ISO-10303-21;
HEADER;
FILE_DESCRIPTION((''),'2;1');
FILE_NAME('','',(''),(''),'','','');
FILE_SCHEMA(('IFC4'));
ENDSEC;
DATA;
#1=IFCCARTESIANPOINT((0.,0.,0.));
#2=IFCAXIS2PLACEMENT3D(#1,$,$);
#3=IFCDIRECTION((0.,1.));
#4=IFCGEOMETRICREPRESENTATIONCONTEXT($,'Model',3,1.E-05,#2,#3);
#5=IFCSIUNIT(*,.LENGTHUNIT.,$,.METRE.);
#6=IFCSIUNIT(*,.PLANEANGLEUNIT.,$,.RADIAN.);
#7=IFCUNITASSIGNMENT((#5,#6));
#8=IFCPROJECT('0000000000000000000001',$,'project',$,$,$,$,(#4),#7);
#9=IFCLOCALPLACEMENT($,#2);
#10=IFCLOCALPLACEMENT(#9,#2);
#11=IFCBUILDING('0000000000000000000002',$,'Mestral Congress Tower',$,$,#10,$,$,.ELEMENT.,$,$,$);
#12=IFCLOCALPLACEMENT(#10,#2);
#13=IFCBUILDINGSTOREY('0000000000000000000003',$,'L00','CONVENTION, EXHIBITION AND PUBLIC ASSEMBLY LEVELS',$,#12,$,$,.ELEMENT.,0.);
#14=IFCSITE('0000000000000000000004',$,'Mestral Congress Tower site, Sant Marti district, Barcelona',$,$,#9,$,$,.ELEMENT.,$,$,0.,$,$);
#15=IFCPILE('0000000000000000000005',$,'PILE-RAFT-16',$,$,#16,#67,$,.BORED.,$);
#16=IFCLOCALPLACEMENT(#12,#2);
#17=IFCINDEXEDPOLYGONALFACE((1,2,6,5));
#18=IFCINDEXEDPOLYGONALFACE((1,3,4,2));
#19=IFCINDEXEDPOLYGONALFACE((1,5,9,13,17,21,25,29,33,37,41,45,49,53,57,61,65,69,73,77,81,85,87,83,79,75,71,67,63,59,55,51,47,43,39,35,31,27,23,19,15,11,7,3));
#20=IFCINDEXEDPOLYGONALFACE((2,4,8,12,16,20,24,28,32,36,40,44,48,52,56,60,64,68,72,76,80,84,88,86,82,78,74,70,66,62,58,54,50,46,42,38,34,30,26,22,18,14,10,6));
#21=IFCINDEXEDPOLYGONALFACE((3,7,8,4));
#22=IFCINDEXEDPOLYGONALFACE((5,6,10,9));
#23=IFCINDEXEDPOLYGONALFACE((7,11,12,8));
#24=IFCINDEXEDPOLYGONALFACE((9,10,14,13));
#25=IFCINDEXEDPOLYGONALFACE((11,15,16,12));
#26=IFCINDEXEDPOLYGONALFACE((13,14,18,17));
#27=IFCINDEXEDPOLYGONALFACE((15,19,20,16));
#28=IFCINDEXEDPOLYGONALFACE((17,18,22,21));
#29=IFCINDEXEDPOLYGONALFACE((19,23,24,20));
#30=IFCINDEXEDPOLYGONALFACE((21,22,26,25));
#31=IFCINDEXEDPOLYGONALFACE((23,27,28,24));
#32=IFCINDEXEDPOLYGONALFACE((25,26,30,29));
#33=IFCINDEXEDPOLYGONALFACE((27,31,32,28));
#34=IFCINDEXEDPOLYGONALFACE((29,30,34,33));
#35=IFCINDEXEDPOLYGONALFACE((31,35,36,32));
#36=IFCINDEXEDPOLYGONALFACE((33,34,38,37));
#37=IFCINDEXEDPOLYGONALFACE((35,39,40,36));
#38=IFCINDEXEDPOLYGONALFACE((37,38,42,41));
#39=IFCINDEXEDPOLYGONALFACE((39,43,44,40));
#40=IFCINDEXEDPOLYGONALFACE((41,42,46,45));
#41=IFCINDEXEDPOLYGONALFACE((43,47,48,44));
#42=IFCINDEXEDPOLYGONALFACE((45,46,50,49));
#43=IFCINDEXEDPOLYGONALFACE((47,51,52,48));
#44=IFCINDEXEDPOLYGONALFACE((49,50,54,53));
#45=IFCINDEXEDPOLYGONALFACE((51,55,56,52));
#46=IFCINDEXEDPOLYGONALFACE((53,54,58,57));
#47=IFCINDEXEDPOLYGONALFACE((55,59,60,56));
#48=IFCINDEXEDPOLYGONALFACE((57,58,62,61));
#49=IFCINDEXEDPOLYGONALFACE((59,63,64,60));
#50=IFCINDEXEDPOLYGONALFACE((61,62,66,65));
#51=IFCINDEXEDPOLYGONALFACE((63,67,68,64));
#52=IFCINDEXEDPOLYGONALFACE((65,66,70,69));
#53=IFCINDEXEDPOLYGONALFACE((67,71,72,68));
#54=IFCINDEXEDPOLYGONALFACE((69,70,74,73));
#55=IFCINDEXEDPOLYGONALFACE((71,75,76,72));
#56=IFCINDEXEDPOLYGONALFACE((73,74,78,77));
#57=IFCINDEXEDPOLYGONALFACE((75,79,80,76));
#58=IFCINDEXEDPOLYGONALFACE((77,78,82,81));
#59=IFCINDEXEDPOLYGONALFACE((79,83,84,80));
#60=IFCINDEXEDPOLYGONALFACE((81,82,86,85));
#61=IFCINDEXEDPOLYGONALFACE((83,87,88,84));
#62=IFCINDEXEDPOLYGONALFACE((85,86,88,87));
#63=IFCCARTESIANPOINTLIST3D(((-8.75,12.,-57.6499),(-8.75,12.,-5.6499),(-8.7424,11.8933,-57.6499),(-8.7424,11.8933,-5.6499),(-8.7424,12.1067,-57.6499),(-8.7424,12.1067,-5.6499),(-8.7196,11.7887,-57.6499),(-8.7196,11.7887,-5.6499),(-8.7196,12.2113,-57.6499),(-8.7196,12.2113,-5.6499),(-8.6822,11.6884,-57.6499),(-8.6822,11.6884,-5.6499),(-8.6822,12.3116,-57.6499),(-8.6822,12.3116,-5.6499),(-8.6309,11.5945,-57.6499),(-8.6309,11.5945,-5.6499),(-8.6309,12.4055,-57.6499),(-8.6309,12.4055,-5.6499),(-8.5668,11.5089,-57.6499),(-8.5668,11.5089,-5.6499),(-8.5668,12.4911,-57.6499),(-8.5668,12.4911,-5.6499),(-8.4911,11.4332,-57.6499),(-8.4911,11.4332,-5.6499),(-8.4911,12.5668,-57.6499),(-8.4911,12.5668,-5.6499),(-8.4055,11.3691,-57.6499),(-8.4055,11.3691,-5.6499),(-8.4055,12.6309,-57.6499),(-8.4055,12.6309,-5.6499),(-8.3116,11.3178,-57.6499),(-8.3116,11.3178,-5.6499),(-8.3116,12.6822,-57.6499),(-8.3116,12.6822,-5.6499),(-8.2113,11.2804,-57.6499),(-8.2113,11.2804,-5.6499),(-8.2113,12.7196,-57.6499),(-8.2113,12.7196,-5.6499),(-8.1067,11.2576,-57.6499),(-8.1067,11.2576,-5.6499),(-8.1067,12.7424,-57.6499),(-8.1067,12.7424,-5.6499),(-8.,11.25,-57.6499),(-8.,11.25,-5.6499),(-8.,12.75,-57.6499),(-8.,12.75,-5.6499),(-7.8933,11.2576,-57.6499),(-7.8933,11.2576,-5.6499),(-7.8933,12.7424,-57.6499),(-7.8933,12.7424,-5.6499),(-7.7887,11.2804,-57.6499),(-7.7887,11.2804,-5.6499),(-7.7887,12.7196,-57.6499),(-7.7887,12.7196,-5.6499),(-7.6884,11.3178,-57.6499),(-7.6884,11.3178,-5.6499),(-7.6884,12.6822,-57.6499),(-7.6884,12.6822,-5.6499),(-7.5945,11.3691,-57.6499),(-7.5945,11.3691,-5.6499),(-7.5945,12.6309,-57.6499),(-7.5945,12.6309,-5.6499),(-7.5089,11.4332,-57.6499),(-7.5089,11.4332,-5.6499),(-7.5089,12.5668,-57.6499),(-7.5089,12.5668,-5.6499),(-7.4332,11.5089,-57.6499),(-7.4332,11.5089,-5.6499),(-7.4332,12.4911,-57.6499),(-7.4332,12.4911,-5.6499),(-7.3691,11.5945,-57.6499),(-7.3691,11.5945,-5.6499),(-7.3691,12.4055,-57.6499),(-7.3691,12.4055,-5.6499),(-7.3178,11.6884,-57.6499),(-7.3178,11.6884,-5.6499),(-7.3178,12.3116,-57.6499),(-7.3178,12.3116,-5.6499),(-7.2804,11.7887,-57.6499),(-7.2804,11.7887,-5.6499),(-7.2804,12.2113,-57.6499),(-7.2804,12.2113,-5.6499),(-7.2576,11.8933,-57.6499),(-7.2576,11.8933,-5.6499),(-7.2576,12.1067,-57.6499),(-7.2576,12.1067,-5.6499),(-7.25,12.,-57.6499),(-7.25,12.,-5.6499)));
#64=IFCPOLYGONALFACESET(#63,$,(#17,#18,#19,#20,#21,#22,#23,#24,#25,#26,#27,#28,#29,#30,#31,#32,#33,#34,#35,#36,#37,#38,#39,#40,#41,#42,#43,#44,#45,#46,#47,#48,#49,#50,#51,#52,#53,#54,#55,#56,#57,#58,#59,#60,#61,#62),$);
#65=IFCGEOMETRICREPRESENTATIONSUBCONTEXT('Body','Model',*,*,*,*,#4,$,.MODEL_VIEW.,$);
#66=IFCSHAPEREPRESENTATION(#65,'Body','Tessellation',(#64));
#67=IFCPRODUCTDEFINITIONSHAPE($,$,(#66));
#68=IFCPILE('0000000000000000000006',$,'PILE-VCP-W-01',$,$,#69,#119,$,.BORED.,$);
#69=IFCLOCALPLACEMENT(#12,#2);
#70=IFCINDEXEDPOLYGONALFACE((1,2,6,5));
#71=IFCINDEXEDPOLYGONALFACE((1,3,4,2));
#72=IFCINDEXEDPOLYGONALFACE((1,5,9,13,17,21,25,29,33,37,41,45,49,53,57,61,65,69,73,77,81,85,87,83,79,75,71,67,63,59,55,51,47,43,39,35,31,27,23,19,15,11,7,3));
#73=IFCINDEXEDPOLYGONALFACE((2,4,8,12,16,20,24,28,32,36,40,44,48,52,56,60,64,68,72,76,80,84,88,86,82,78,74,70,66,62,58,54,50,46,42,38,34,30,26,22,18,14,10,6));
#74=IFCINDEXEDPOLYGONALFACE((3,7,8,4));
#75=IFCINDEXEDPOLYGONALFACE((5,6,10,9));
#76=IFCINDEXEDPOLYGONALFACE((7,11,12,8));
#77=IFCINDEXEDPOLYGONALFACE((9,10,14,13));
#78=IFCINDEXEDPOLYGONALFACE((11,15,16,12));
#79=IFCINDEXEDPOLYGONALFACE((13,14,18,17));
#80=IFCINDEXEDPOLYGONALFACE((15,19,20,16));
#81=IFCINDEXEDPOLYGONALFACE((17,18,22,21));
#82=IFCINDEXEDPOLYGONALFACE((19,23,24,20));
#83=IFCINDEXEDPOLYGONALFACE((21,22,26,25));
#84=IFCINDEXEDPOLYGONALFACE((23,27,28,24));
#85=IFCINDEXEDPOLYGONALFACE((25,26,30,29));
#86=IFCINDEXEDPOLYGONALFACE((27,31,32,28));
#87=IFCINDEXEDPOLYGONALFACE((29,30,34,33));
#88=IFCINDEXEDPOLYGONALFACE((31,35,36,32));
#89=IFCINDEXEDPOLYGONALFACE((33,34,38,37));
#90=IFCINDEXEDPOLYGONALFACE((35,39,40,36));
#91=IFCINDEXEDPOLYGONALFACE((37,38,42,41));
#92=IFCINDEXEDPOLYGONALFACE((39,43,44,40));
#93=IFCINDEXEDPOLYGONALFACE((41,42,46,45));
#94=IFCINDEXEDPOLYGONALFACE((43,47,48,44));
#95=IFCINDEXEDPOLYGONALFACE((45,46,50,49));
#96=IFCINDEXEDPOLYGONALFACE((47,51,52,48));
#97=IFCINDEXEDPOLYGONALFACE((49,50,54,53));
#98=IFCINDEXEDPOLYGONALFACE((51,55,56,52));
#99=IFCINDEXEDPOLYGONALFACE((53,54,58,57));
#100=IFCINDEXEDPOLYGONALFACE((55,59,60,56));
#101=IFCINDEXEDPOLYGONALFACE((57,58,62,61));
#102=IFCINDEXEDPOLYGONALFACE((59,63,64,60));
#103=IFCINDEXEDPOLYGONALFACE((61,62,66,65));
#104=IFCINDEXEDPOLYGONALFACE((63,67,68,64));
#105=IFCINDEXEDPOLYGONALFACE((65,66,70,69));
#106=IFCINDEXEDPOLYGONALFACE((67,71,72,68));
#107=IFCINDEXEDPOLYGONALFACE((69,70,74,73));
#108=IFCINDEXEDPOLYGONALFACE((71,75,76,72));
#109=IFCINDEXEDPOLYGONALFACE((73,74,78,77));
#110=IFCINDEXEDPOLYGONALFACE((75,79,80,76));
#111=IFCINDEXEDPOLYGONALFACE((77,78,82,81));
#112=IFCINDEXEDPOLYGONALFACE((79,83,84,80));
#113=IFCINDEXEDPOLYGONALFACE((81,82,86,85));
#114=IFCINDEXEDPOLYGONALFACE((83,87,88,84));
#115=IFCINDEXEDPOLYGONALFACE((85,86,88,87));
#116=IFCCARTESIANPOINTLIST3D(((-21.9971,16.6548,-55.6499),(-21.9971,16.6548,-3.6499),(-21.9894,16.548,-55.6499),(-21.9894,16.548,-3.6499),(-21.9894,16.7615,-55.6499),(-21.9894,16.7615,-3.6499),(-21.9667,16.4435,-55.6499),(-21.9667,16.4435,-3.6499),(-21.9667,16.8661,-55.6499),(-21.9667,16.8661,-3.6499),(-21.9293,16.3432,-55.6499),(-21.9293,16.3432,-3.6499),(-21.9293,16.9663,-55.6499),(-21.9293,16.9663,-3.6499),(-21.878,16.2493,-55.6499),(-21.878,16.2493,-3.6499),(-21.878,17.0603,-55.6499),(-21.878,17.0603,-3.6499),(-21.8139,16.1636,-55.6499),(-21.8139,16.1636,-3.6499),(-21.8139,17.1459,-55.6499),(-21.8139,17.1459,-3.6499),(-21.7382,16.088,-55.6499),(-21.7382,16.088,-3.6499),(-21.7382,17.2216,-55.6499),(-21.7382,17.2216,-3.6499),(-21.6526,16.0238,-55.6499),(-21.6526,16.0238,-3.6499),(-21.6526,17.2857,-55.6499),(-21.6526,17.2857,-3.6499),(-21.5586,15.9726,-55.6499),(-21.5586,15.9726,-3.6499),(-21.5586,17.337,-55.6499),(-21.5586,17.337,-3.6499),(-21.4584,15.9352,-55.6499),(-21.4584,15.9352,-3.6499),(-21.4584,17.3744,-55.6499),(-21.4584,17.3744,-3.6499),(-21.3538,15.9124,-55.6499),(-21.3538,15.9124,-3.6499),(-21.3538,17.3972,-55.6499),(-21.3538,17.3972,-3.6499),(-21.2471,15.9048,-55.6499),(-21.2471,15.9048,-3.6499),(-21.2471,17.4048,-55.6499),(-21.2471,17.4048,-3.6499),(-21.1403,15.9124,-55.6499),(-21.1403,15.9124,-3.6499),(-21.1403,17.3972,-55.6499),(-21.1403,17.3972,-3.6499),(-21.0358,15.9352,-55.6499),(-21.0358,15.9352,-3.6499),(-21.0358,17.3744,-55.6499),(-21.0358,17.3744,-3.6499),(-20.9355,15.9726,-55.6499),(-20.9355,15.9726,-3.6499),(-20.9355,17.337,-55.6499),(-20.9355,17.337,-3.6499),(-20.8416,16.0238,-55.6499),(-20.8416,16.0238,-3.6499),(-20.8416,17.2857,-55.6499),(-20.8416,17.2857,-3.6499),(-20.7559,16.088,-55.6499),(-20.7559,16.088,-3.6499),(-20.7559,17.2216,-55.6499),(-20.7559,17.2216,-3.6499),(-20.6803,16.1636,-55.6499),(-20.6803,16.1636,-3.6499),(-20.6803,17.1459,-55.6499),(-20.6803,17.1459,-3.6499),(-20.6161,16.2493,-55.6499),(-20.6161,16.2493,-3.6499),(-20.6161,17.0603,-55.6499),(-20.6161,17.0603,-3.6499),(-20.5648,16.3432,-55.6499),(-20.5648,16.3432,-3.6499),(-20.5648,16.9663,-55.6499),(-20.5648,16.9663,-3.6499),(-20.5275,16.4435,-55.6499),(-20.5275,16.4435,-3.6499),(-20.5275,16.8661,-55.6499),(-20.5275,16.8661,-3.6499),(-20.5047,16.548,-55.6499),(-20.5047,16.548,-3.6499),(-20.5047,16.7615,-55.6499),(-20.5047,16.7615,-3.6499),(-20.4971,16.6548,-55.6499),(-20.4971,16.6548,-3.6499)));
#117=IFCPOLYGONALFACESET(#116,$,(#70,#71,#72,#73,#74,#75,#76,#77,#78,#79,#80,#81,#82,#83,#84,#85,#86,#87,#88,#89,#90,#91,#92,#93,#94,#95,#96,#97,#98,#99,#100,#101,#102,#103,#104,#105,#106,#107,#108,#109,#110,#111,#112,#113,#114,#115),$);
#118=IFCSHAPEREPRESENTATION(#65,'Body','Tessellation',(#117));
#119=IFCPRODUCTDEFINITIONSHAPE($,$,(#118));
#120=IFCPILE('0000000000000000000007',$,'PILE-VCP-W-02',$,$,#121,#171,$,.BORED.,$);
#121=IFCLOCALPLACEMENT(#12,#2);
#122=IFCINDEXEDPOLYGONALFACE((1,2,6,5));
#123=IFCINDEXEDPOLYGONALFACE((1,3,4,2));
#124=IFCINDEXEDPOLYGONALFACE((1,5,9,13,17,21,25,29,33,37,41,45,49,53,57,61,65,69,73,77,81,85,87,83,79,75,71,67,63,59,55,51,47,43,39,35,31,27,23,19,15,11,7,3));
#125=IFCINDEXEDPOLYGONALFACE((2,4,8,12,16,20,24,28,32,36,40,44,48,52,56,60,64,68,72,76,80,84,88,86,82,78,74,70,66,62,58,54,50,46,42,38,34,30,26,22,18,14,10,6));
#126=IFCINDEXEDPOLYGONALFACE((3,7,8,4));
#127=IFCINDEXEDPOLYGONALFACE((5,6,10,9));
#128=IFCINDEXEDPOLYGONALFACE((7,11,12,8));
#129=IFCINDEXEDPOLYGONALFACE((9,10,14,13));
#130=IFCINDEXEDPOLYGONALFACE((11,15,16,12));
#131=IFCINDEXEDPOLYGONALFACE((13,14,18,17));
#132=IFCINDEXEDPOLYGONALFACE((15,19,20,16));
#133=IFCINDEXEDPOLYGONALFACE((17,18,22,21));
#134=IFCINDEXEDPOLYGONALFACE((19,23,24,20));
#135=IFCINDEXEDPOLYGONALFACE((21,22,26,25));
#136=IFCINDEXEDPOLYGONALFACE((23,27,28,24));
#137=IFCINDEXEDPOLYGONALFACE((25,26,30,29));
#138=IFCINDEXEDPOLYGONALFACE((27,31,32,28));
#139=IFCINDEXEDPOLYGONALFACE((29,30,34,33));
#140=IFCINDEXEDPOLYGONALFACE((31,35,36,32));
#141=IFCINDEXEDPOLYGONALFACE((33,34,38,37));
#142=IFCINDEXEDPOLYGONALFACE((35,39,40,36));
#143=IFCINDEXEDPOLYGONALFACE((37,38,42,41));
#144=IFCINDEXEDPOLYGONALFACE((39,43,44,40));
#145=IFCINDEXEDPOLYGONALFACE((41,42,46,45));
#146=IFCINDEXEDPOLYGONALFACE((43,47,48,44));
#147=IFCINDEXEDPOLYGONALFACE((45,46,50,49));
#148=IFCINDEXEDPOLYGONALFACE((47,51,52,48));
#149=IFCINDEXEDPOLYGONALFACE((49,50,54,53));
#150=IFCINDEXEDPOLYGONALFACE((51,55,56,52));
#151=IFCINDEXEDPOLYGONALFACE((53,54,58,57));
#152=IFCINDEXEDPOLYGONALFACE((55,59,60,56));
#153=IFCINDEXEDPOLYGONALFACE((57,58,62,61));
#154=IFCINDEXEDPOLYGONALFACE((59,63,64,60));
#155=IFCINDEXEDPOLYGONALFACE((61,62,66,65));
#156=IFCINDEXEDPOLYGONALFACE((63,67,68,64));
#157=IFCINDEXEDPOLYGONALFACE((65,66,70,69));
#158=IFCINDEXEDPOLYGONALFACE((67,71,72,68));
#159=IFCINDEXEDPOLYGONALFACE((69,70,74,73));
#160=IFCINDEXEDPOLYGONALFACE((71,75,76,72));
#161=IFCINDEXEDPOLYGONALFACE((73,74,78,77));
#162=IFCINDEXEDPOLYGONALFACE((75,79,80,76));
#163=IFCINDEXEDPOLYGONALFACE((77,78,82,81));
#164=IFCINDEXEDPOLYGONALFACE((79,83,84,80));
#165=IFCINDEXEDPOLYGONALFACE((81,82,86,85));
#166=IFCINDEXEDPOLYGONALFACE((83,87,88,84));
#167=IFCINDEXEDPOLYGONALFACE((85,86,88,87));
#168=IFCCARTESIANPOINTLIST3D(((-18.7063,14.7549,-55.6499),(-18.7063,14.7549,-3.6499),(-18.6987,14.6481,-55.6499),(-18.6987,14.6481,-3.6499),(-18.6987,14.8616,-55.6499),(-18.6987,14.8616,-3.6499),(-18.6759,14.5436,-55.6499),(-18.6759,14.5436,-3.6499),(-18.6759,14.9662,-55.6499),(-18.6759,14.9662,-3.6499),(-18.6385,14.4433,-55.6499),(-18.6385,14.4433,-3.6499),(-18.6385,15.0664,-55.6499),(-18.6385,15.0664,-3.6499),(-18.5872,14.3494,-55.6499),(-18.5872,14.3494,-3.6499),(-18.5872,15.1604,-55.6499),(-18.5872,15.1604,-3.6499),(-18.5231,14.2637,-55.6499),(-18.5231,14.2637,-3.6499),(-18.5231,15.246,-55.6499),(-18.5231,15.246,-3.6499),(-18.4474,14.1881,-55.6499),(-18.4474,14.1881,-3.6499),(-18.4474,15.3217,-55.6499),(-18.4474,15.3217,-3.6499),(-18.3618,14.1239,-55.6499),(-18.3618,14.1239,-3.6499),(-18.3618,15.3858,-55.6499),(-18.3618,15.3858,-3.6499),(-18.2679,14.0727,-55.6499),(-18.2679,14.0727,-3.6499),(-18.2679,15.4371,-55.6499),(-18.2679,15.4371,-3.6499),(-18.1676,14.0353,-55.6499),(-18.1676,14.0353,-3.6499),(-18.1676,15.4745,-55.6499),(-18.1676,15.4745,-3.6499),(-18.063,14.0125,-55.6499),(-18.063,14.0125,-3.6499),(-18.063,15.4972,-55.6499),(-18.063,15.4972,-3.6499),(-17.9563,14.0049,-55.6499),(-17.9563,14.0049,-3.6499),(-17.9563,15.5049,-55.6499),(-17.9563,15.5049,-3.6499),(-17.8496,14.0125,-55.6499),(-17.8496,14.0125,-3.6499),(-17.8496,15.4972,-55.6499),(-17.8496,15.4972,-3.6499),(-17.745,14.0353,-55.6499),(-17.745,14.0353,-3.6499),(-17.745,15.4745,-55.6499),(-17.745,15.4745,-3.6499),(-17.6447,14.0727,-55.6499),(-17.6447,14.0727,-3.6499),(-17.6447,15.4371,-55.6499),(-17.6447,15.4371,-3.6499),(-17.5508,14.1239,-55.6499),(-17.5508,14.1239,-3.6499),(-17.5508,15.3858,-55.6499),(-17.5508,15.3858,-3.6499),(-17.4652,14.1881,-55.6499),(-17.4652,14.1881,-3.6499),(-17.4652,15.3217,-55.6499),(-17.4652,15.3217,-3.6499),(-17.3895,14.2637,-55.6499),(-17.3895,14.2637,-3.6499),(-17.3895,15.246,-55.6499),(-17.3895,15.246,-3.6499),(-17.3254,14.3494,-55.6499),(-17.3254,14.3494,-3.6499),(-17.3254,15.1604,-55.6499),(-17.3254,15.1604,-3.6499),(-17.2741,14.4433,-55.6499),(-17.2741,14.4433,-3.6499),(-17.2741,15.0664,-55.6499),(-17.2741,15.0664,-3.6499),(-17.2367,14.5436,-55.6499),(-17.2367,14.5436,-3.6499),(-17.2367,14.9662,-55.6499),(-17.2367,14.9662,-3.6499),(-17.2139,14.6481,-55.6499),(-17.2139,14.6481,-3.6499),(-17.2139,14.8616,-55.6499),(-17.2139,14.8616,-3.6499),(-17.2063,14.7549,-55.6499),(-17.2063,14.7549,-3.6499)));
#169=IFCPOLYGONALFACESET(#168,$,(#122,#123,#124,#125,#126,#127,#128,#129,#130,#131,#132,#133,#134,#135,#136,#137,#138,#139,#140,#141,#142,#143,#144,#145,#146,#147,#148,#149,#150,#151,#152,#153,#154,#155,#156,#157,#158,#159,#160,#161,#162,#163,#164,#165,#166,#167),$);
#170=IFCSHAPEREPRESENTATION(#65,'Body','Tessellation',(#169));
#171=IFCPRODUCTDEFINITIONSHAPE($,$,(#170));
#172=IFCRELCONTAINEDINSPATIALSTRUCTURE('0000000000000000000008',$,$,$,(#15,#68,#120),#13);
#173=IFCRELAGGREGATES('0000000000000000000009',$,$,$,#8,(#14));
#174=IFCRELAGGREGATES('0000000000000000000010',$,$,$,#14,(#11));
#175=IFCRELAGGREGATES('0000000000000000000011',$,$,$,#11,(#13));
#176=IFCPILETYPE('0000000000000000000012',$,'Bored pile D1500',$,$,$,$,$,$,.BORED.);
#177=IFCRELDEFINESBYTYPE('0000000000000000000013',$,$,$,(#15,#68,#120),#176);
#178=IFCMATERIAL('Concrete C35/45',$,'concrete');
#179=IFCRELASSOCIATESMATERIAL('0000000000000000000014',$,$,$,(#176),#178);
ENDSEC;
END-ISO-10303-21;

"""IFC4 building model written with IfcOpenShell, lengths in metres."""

from ifc_helpers import new_model, si_unit, direction, frame, origin, origin_2d, place, context, subcontext, project, spatial, circle, extrude, material, material_profile, profile_set, type_object, element, save


model = new_model("IFC4")

# Units and contexts
model_context = context("Model", 3, precision=1e-05, world=origin(), true_north=direction((0.0, 1.0)))
body_context = subcontext(model_context, "Body", "Model", "MODEL_VIEW")
ifc_project = project(units=[si_unit("LENGTHUNIT", "METRE"), si_unit("PLANEANGLEUNIT", "RADIAN")], contexts=[model_context])

# Site, building, storey
site_placement = place(None, origin())
site = spatial("IfcSite", under=ifc_project, at=site_placement, Name="Mestral Congress Tower site, Sant Marti district, Barcelona", CompositionType="ELEMENT", RefElevation=0.0)
building_placement = place(site_placement, origin())
building = spatial("IfcBuilding", under=site, at=building_placement, Name="Mestral Congress Tower", CompositionType="ELEMENT")
storey_placement = place(building_placement, origin())
storey = spatial("IfcBuildingStorey", under=building, at=storey_placement, Name="L00", Description="CONVENTION, EXHIBITION AND PUBLIC ASSEMBLY LEVELS", CompositionType="ELEMENT", Elevation=0.0)

# Piles
ifc_material_1 = material(Name="Concrete C35/45", Category="concrete")
ifc_material_profile_1 = material_profile(ifc_material_1, circle(Radius=0.75, at=origin_2d()), Name="D1500")
ifc_profile_set_1 = profile_set([ifc_material_profile_1], Name="Concrete C35/45")
pile_type_1 = type_object("IfcPileType", Name="Bored pile D1500", PredefinedType="BORED", material=ifc_profile_set_1)
for number, where, z_axis, x_axis, name in (
    (1, (-8.0, 12.0, -5.6499), (0.0, 0.0, -1.0), (1.0, 0.0, 0.0), "PILE-RAFT-16"),
    (2, (-21.2471, 16.6548, -3.6499), (0.0, 0.0, -1.0), (1.0, 0.0, 0.0), "PILE-VCP-W-01"),
    (3, (-17.9563, 14.7549, -3.6499), (0.0, 0.0, -1.0), (1.0, 0.0, 0.0), "PILE-VCP-W-02"),
):
    element("IfcPile", number, at=place(storey_placement, frame(where, z_axis=z_axis, x_axis=x_axis)), inside=storey, type_object=pile_type_1, Name=name, PredefinedType="BORED", context=body_context, shape_type="SweptSolid", body=[
        extrude(circle(Radius=0.75, at=origin_2d()), origin(), (0.0, 0.0, 1.0), 52.0),
    ])

save(model, "model.ifc")
